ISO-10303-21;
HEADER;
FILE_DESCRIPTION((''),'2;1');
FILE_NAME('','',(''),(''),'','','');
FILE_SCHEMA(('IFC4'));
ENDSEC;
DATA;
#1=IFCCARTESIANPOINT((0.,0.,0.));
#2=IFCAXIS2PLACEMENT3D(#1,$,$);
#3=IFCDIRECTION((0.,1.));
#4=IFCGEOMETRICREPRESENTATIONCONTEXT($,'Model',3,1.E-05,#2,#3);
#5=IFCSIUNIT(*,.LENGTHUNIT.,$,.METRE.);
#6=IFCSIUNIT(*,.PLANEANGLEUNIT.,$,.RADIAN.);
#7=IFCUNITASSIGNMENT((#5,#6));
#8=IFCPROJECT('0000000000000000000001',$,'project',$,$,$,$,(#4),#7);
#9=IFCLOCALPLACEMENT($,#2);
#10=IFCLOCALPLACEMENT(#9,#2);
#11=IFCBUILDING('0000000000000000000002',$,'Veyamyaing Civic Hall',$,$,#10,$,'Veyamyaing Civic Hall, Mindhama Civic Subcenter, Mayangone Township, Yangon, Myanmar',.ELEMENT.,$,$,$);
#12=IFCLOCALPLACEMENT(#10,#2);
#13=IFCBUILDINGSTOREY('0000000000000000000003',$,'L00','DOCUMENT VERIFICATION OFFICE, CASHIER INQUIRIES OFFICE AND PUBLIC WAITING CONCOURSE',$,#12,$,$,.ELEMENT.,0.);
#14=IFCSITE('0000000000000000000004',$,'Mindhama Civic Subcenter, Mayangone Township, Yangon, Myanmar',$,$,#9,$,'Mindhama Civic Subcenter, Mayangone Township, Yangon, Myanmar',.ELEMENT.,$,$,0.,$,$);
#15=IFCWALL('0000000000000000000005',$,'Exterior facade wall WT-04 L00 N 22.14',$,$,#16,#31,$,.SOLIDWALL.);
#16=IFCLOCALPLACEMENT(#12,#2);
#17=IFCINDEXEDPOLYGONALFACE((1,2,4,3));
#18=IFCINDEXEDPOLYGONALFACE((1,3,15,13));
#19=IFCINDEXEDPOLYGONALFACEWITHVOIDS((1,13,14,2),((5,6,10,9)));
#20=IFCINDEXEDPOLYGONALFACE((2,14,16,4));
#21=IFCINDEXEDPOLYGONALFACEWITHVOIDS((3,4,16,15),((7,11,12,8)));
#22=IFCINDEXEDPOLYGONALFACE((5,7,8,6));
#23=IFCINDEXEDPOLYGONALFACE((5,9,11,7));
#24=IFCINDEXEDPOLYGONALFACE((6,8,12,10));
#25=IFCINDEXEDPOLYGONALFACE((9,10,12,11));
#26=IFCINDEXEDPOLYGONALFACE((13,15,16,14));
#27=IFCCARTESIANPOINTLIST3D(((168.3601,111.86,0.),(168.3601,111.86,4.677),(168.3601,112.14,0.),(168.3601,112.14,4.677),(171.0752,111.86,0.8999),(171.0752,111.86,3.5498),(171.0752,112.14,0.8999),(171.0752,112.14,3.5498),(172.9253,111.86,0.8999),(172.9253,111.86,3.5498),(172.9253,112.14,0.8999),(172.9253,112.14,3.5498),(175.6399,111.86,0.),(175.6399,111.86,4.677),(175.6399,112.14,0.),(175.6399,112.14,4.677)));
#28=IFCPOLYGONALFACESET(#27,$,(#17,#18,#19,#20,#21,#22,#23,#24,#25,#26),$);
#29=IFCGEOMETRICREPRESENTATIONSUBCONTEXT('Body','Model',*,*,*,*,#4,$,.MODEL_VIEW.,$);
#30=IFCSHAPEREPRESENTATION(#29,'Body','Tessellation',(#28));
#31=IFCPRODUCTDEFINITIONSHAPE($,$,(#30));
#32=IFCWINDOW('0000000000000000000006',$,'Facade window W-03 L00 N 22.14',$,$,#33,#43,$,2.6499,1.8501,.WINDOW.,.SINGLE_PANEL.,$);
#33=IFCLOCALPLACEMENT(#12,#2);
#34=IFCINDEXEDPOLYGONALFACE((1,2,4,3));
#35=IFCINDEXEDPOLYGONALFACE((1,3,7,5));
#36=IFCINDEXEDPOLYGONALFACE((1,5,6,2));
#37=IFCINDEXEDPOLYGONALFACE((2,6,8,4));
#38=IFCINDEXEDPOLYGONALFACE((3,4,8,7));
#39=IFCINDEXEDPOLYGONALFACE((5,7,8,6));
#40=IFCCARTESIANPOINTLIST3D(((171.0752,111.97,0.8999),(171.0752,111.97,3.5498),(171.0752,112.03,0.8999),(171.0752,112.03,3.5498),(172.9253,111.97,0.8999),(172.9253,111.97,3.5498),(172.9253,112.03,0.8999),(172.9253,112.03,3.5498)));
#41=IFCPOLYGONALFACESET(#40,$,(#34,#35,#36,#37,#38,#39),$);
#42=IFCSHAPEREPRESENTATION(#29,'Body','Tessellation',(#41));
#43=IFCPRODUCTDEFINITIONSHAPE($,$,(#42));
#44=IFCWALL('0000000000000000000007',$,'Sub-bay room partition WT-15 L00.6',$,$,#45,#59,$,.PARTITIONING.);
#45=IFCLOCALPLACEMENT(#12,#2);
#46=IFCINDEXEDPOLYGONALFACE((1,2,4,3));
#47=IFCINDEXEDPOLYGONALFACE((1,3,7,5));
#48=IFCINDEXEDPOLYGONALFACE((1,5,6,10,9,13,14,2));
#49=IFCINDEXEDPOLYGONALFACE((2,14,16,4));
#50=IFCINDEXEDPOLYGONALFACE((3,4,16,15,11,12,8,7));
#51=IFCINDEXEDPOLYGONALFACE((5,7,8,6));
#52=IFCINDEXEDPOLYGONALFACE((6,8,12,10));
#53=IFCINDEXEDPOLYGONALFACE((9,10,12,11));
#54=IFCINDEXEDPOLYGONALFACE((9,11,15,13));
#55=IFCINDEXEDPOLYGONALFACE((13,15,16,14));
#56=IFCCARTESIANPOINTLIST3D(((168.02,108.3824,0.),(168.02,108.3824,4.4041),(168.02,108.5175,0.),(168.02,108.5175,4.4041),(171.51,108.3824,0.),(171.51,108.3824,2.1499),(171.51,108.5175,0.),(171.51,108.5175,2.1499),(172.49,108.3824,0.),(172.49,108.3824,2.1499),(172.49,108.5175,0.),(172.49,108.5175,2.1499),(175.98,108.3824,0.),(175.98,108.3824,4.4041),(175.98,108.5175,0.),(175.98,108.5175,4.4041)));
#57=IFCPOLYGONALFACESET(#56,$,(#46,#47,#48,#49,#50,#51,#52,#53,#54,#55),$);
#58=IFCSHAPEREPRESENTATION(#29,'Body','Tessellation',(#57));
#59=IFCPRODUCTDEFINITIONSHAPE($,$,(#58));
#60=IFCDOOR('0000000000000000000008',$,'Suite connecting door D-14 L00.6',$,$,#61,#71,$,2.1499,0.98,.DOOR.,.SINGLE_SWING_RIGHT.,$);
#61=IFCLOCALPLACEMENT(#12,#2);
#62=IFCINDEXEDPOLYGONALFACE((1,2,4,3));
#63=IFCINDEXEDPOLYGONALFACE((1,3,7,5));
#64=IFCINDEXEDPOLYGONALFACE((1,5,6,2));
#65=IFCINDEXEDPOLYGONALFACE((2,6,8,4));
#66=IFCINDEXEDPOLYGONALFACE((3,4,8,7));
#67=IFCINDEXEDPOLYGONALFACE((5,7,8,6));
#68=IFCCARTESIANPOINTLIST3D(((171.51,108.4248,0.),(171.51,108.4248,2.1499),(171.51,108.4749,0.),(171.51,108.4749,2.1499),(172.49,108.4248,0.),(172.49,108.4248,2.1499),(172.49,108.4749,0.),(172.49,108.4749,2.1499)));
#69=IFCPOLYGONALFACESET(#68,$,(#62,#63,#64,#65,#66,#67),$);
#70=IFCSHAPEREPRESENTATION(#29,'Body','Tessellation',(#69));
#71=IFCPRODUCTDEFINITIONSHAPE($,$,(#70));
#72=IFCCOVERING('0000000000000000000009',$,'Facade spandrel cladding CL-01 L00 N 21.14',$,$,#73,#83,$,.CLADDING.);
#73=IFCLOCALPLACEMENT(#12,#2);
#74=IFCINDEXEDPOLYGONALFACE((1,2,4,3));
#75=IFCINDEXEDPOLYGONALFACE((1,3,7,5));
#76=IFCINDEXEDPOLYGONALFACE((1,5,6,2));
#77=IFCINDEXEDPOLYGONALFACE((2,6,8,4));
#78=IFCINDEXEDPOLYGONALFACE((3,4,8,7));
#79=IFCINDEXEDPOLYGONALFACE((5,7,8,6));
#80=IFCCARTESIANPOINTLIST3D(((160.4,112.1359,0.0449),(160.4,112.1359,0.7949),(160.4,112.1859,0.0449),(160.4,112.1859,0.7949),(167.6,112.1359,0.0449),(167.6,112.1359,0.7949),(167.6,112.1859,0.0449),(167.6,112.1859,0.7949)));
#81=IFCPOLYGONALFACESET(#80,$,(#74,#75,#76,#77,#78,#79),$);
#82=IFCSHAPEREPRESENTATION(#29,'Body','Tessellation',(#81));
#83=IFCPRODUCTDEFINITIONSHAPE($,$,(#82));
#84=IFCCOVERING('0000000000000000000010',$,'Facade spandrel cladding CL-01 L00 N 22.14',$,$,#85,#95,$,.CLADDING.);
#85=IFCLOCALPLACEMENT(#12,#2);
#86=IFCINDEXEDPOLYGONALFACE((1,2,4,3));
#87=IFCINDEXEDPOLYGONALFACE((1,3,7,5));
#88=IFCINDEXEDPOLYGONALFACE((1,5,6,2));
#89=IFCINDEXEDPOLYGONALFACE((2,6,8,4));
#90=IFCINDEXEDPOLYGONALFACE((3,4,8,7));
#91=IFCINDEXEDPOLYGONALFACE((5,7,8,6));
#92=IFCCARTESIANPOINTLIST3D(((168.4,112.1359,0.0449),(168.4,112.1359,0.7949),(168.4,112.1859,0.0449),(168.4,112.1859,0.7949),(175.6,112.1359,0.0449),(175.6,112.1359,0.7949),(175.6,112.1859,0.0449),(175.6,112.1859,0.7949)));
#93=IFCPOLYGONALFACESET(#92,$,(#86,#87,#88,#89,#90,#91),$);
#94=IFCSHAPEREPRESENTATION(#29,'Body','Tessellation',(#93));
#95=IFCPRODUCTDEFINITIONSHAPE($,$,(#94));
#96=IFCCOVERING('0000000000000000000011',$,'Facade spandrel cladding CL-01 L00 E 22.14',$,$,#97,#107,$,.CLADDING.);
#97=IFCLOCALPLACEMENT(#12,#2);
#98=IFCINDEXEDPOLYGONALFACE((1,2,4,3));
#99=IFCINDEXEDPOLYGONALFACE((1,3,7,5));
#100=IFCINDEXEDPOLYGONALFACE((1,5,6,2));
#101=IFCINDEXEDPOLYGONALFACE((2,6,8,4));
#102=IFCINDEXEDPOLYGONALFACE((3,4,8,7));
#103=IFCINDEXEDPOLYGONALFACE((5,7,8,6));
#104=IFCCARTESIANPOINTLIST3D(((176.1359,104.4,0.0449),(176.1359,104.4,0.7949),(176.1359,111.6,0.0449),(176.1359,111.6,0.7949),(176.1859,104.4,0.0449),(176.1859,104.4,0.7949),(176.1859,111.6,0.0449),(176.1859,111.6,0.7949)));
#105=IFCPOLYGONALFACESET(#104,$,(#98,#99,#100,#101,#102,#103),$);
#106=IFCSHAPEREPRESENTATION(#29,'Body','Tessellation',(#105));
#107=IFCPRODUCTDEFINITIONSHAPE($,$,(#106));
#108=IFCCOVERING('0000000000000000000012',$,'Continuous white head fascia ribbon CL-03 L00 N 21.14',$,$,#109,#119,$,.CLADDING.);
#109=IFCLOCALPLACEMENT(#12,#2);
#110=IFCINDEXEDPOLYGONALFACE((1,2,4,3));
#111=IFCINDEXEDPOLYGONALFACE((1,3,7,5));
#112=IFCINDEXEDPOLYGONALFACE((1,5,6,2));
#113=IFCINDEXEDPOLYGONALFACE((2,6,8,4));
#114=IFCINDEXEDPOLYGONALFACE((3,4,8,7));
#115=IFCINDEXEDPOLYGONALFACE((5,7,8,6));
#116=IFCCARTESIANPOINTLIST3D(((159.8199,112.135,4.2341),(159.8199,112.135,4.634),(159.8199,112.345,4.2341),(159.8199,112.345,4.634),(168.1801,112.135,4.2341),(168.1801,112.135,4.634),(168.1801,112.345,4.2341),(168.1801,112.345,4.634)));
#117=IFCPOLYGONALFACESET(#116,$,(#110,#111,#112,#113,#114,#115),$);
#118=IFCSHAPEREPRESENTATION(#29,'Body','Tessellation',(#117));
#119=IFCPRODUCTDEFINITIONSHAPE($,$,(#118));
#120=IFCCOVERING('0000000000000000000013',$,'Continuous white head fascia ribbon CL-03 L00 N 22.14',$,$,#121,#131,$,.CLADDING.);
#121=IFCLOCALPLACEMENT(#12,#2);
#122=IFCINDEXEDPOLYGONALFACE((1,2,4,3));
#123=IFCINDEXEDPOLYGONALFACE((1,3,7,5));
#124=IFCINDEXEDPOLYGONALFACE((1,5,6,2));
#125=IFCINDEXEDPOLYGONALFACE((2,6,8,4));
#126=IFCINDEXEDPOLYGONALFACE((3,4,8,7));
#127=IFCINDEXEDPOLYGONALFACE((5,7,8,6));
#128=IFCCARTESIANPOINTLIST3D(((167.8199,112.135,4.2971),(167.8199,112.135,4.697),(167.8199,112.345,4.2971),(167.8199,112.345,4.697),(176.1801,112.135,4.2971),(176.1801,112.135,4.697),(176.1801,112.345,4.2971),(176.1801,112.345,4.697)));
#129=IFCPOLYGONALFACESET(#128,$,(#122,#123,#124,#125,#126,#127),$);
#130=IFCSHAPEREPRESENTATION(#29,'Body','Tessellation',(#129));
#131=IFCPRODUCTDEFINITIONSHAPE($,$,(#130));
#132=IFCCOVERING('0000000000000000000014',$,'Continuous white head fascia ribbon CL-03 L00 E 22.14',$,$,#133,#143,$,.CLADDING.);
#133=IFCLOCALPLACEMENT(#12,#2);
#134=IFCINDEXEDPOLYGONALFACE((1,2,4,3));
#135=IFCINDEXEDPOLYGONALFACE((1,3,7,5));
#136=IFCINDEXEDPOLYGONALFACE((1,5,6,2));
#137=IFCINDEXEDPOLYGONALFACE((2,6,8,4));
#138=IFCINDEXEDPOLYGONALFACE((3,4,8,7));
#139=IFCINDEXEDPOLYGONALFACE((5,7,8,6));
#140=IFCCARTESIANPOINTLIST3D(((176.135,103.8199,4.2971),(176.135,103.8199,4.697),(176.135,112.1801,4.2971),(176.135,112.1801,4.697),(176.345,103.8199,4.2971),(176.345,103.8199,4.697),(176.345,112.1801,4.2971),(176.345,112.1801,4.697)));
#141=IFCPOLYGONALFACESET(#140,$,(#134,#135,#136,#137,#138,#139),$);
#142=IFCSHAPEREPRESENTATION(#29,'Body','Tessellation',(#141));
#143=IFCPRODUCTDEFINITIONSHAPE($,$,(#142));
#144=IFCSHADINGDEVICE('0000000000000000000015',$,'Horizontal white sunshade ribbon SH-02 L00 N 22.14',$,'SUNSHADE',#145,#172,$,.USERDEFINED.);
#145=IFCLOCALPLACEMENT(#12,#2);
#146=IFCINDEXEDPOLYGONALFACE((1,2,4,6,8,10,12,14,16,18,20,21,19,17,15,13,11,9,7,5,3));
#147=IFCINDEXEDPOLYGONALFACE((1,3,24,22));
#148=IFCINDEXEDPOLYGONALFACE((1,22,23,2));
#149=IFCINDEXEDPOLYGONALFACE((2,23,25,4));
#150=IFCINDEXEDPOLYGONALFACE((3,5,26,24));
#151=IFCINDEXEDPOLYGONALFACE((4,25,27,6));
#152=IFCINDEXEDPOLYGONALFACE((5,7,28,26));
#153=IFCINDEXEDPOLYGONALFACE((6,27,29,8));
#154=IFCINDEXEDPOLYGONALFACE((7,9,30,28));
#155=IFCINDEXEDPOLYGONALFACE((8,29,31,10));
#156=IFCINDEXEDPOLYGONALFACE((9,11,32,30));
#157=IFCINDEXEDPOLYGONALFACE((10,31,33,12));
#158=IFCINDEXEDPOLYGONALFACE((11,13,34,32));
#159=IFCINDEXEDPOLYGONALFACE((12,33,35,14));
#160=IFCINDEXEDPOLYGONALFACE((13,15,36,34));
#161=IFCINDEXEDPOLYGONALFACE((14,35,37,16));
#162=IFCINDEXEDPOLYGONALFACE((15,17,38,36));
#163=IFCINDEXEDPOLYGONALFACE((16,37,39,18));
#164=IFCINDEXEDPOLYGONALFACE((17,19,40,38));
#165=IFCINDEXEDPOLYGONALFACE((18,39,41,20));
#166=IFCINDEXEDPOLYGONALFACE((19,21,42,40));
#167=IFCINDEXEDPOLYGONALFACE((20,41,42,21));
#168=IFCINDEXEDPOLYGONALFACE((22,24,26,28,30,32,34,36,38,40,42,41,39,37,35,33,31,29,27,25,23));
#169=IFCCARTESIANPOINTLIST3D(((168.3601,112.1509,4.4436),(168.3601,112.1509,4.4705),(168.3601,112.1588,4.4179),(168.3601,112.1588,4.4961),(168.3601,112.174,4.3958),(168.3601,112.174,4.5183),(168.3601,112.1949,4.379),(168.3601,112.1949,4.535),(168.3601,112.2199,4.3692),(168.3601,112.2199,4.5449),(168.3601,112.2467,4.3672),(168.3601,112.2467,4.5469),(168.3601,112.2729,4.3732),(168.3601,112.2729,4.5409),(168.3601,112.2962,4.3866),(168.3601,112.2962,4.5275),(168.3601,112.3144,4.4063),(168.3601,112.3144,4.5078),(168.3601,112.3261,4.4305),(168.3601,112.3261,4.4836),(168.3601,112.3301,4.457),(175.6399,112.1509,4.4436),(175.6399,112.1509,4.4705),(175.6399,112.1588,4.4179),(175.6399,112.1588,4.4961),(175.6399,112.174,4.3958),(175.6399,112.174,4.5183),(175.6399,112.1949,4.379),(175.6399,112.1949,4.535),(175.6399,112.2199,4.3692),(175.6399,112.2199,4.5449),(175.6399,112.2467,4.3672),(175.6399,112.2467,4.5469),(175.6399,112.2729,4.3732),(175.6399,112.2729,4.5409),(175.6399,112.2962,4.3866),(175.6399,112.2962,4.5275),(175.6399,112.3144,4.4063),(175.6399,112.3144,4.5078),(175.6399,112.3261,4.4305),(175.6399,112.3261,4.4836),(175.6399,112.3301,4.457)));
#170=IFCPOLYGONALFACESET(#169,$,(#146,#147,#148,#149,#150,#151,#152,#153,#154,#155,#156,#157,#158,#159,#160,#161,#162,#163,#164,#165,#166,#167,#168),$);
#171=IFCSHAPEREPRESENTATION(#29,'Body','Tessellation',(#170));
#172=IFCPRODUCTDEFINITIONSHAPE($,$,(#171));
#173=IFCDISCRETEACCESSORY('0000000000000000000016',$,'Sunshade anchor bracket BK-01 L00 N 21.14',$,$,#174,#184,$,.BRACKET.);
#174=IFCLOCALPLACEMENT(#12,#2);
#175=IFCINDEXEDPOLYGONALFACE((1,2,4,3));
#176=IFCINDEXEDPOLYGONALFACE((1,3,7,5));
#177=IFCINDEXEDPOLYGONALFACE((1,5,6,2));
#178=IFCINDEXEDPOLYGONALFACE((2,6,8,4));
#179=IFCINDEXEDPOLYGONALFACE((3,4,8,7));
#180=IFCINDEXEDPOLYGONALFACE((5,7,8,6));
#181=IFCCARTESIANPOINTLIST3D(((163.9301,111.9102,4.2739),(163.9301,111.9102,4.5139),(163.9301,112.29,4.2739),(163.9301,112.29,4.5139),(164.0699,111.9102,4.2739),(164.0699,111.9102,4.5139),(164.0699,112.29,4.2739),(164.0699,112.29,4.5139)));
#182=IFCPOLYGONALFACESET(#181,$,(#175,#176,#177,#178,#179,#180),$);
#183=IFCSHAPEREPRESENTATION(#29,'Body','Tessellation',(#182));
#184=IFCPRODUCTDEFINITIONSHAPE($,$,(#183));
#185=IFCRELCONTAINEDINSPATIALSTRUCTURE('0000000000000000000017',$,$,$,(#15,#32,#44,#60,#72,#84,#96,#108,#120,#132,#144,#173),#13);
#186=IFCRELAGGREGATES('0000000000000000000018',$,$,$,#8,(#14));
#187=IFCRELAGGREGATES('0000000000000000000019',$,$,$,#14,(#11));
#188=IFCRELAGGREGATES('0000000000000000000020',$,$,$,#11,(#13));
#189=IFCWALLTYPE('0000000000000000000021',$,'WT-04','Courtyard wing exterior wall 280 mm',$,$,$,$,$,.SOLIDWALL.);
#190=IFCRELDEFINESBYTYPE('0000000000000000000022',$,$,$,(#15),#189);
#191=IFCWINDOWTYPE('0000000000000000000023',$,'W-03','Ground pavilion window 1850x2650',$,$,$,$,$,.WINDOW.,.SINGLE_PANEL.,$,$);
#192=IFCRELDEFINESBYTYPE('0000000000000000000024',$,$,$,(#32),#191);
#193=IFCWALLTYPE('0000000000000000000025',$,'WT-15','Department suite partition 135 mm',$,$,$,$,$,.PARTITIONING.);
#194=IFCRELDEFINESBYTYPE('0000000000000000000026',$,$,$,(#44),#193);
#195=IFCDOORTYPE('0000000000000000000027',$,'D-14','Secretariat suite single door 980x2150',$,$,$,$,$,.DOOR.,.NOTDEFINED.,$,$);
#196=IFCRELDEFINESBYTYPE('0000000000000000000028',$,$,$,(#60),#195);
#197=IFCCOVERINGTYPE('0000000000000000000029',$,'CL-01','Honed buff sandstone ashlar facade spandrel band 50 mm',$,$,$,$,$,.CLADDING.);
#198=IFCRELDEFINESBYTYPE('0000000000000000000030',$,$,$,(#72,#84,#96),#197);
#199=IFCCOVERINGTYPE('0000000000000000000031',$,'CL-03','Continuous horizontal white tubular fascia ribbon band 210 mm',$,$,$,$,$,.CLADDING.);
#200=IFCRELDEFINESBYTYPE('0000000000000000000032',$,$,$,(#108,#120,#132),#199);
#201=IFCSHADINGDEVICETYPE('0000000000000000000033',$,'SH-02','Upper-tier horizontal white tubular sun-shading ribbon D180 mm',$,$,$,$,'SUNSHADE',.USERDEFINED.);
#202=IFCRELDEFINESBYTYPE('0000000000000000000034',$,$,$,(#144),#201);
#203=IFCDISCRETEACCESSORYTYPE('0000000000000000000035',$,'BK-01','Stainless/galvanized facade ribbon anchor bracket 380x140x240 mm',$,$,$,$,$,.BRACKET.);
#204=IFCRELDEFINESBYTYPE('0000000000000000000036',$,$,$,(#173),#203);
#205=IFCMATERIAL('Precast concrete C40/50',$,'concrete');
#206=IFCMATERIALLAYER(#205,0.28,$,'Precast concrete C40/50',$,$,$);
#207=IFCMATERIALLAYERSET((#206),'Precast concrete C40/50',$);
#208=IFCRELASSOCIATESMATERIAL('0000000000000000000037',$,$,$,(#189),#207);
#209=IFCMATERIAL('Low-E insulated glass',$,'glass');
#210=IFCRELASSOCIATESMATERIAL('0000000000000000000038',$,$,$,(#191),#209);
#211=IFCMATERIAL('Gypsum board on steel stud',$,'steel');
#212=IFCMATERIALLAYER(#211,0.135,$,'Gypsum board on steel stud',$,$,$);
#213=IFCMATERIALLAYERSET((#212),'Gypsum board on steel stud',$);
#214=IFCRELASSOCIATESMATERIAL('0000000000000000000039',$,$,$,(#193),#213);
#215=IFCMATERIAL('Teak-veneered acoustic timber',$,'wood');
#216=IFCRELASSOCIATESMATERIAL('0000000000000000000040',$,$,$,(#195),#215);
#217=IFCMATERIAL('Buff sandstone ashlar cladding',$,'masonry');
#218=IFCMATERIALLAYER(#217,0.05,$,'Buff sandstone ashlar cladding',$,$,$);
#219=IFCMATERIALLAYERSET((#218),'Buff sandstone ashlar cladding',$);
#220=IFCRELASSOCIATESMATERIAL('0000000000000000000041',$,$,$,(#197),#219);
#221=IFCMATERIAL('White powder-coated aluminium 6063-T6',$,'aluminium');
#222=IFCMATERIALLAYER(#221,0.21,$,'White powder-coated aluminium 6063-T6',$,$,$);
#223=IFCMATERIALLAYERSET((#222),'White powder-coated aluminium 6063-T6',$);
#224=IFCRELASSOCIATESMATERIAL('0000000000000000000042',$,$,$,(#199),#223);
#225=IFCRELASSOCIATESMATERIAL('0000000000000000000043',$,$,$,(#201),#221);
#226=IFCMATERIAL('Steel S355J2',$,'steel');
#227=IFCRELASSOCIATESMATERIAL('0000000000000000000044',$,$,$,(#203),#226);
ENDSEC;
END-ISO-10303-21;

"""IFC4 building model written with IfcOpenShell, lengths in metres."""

from ifc_helpers import new_model, si_unit, direction, frame, frame_2d, origin, origin_2d, place, context, subcontext, project, spatial, rectangle, circle, extrude, material, layer, layer_set, material_profile, profile_set, type_object, element, fill, save


model = new_model("IFC4")

# Units and contexts
model_context = context("Model", 3, precision=1e-05, world=origin(), true_north=direction((0.0, 1.0)))
body_context = subcontext(model_context, "Body", "Model", "MODEL_VIEW")
ifc_project = project(units=[si_unit("LENGTHUNIT", "METRE"), si_unit("PLANEANGLEUNIT", "RADIAN")], contexts=[model_context])

# Site, building, storey
site_placement = place(None, origin())
site = spatial("IfcSite", under=ifc_project, at=site_placement, Name="Mindhama Civic Subcenter, Mayangone Township, Yangon, Myanmar", LongName="Mindhama Civic Subcenter, Mayangone Township, Yangon, Myanmar", CompositionType="ELEMENT", RefElevation=0.0)
building_placement = place(site_placement, origin())
building = spatial("IfcBuilding", under=site, at=building_placement, Name="Veyamyaing Civic Hall", LongName="Veyamyaing Civic Hall, Mindhama Civic Subcenter, Mayangone Township, Yangon, Myanmar", CompositionType="ELEMENT")
storey_placement = place(building_placement, origin())
storey = spatial("IfcBuildingStorey", under=building, at=storey_placement, Name="L00", Description="DOCUMENT VERIFICATION OFFICE, CASHIER INQUIRIES OFFICE AND PUBLIC WAITING CONCOURSE", CompositionType="ELEMENT", Elevation=0.0)

# Wall, opening, window
ifc_material_1 = material(Name="Precast concrete C40/50", Category="concrete")
ifc_layer_1 = layer(ifc_material_1, 0.28, Name="Precast concrete C40/50")
ifc_layer_set_1 = layer_set([ifc_layer_1], Name="Precast concrete C40/50")
wall_type_1 = type_object("IfcWallType", Name="WT-04", Description="Courtyard wing exterior wall 280 mm", PredefinedType="SOLIDWALL", material=ifc_layer_set_1)
wall_1_placement = place(storey_placement, frame((168.3601, 112.0, 0.0), z_axis=(0.0, 0.0, 1.0), x_axis=(1.0, 0.0, 0.0)))
wall_1 = element("IfcWall", 1, at=wall_1_placement, inside=storey, type_object=wall_type_1, Name="Exterior facade wall WT-04 L00 N 22.14", PredefinedType="SOLIDWALL", context=body_context, shape_type="SweptSolid", body=[
    extrude(rectangle(XDim=7.2798, YDim=0.28, at=frame_2d((3.6399, 0.0))), origin(), (0.0, 0.0, 1.0), 4.677),
])
opening_1_placement = place(wall_1_placement, frame((2.7151, 0.0, 0.8999)))
opening_1 = element("IfcOpeningElement", 2, at=opening_1_placement, cuts=wall_1, PredefinedType="OPENING", context=body_context, shape_type="SweptSolid", body=[
    extrude(rectangle(XDim=1.8501, YDim=2.6499, at=frame_2d((0.925, 1.325))), frame((0.0, 0.1499, 0.0), z_axis=(0.0, -1.0, 0.0), x_axis=(1.0, 0.0, 0.0)), (0.0, 0.0, 1.0), 0.3),
])
ifc_material_2 = material(Name="Low-E insulated glass", Category="glass")
window_type = type_object("IfcWindowType", Name="W-03", Description="Ground pavilion window 1850x2650", PartitioningType="SINGLE_PANEL", PredefinedType="WINDOW", material=ifc_material_2)
window_placement = place(opening_1_placement, origin())
window = element("IfcWindow", 3, at=window_placement, inside=storey, type_object=window_type, Name="Facade window W-03 L00 N 22.14", OverallHeight=2.6499, OverallWidth=1.8501, PartitioningType="SINGLE_PANEL", PredefinedType="WINDOW", context=body_context, shape_type="SweptSolid", body=[
    extrude(rectangle(XDim=1.8501, YDim=2.6499, at=frame_2d((0.925, 1.325))), frame((0.0, 0.03, 0.0), z_axis=(0.0, -1.0, 0.0), x_axis=(1.0, 0.0, 0.0)), (0.0, 0.0, 1.0), 0.0601),
])
fill(opening_1, window)

# Wall, opening, door
ifc_material_3 = material(Name="Gypsum board on steel stud", Category="steel")
ifc_layer_2 = layer(ifc_material_3, 0.135, Name="Gypsum board on steel stud")
ifc_layer_set_2 = layer_set([ifc_layer_2], Name="Gypsum board on steel stud")
wall_type_2 = type_object("IfcWallType", Name="WT-15", Description="Department suite partition 135 mm", PredefinedType="PARTITIONING", material=ifc_layer_set_2)
wall_2_placement = place(storey_placement, frame((168.02, 108.45, 0.0), z_axis=(0.0, 0.0, 1.0), x_axis=(1.0, 0.0, 0.0)))
wall_2 = element("IfcWall", 4, at=wall_2_placement, inside=storey, type_object=wall_type_2, Name="Sub-bay room partition WT-15 L00.6", PredefinedType="PARTITIONING", context=body_context, shape_type="SweptSolid", body=[
    extrude(rectangle(XDim=7.96, YDim=0.135, at=frame_2d((3.98, 0.0))), origin(), (0.0, 0.0, 1.0), 4.4041),
])
opening_2_placement = place(wall_2_placement, frame((3.49, 0.0, 0.0)))
opening_2 = element("IfcOpeningElement", 5, at=opening_2_placement, cuts=wall_2, PredefinedType="OPENING", context=body_context, shape_type="SweptSolid", body=[
    extrude(rectangle(XDim=0.98, YDim=2.1499, at=frame_2d((0.49, 1.075))), frame((0.0, 0.0774, 0.0), z_axis=(0.0, -1.0, 0.0), x_axis=(1.0, 0.0, 0.0)), (0.0, 0.0, 1.0), 0.155),
])
ifc_material_4 = material(Name="Teak-veneered acoustic timber", Category="wood")
door_type = type_object("IfcDoorType", Name="D-14", Description="Secretariat suite single door 980x2150", OperationType="NOTDEFINED", PredefinedType="DOOR", material=ifc_material_4)
door_placement = place(opening_2_placement, origin())
door = element("IfcDoor", 6, at=door_placement, inside=storey, type_object=door_type, Name="Suite connecting door D-14 L00.6", OperationType="SINGLE_SWING_RIGHT", OverallHeight=2.1499, OverallWidth=0.98, PredefinedType="DOOR", context=body_context, shape_type="SweptSolid", body=[
    extrude(rectangle(XDim=0.98, YDim=2.1499, at=frame_2d((0.49, 1.075))), frame((0.0, 0.0249, 0.0), z_axis=(0.0, -1.0, 0.0), x_axis=(1.0, 0.0, 0.0)), (0.0, 0.0, 1.0), 0.05),
])
fill(opening_2, door)

# Coverings
ifc_material_5 = material(Name="Buff sandstone ashlar cladding", Category="masonry")
ifc_layer_3 = layer(ifc_material_5, 0.05, Name="Buff sandstone ashlar cladding")
ifc_layer_set_3 = layer_set([ifc_layer_3], Name="Buff sandstone ashlar cladding")
covering_type_1 = type_object("IfcCoveringType", Name="CL-01", Description="Honed buff sandstone ashlar facade spandrel band 50 mm", PredefinedType="CLADDING", material=ifc_layer_set_3)
for number, where, z_axis, x_axis, name in (
    (7, (164.0, 112.1609, 0.0449), (0.0, 0.0, 1.0), (1.0, 0.0, 0.0), "Facade spandrel cladding CL-01 L00 N 21.14"),
    (8, (172.0, 112.1609, 0.0449), (0.0, 0.0, 1.0), (1.0, 0.0, 0.0), "Facade spandrel cladding CL-01 L00 N 22.14"),
    (9, (176.1609, 108.0, 0.0449), (0.0, 0.0, 1.0), (0.0, 1.0, 0.0), "Facade spandrel cladding CL-01 L00 E 22.14"),
):
    element("IfcCovering", number, at=place(storey_placement, frame(where, z_axis=z_axis, x_axis=x_axis)), inside=storey, type_object=covering_type_1, Name=name, PredefinedType="CLADDING", context=body_context, shape_type="SweptSolid", body=[
        extrude(rectangle(XDim=7.2, YDim=0.05, at=origin_2d()), origin(), (0.0, 0.0, 1.0), 0.75),
    ])
ifc_material_6 = material(Name="White powder-coated aluminium 6063-T6", Category="aluminium")
ifc_layer_4 = layer(ifc_material_6, 0.21, Name="White powder-coated aluminium 6063-T6")
ifc_layer_set_4 = layer_set([ifc_layer_4], Name="White powder-coated aluminium 6063-T6")
covering_type_2 = type_object("IfcCoveringType", Name="CL-03", Description="Continuous horizontal white tubular fascia ribbon band 210 mm", PredefinedType="CLADDING", material=ifc_layer_set_4)
for number, where, z_axis, x_axis, name in (
    (10, (164.0, 112.24, 4.2341), (0.0, 0.0, 1.0), (1.0, 0.0, 0.0), "Continuous white head fascia ribbon CL-03 L00 N 21.14"),
    (11, (172.0, 112.24, 4.2971), (0.0, 0.0, 1.0), (1.0, 0.0, 0.0), "Continuous white head fascia ribbon CL-03 L00 N 22.14"),
    (12, (176.24, 108.0, 4.2971), (0.0, 0.0, 1.0), (0.0, 1.0, 0.0), "Continuous white head fascia ribbon CL-03 L00 E 22.14"),
):
    element("IfcCovering", number, at=place(storey_placement, frame(where, z_axis=z_axis, x_axis=x_axis)), inside=storey, type_object=covering_type_2, Name=name, PredefinedType="CLADDING", context=body_context, shape_type="SweptSolid", body=[
        extrude(rectangle(XDim=8.3601, YDim=0.21, at=origin_2d()), origin(), (0.0, 0.0, 1.0), 0.3999),
    ])

# Shading device
ifc_material_profile_1 = material_profile(ifc_material_6, circle(Radius=0.0901, at=origin_2d()), Name="SHADE-TUBE-180")
ifc_profile_set_1 = profile_set([ifc_material_profile_1], Name="White powder-coated aluminium 6063-T6")
shading_device_type = type_object("IfcShadingDeviceType", Name="SH-02", Description="Upper-tier horizontal white tubular sun-shading ribbon D180 mm", ElementType="SUNSHADE", PredefinedType="USERDEFINED", material=ifc_profile_set_1)
shading_device_placement = place(storey_placement, frame((168.3601, 112.24, 4.457), z_axis=(1.0, 0.0, 0.0), x_axis=(0.0, 1.0, 0.0)))
element("IfcShadingDevice", 13, at=shading_device_placement, inside=storey, type_object=shading_device_type, Name="Horizontal white sunshade ribbon SH-02 L00 N 22.14", ObjectType="SUNSHADE", PredefinedType="USERDEFINED", context=body_context, shape_type="SweptSolid", body=[
    extrude(circle(Radius=0.0901, at=origin_2d()), origin(), (0.0, 0.0, 1.0), 7.2798),
])

# Discrete accessory
ifc_material_7 = material(Name="Steel S355J2", Category="steel")
discrete_accessory_type = type_object("IfcDiscreteAccessoryType", Name="BK-01", Description="Stainless/galvanized facade ribbon anchor bracket 380x140x240 mm", PredefinedType="BRACKET", material=ifc_material_7)
for number, where, z_axis, x_axis, name in (
    (14, (164.0, 112.1001, 4.2739), (0.0, 0.0, 1.0), (0.0, 1.0, 0.0), "Sunshade anchor bracket BK-01 L00 N 21.14"),
):
    element("IfcDiscreteAccessory", number, at=place(storey_placement, frame(where, z_axis=z_axis, x_axis=x_axis)), inside=storey, type_object=discrete_accessory_type, Name=name, PredefinedType="BRACKET", context=body_context, shape_type="SweptSolid", body=[
        extrude(rectangle(XDim=0.3799, YDim=0.1399, at=origin_2d()), origin(), (0.0, 0.0, 1.0), 0.24),
    ])

save(model, "model.ifc")
